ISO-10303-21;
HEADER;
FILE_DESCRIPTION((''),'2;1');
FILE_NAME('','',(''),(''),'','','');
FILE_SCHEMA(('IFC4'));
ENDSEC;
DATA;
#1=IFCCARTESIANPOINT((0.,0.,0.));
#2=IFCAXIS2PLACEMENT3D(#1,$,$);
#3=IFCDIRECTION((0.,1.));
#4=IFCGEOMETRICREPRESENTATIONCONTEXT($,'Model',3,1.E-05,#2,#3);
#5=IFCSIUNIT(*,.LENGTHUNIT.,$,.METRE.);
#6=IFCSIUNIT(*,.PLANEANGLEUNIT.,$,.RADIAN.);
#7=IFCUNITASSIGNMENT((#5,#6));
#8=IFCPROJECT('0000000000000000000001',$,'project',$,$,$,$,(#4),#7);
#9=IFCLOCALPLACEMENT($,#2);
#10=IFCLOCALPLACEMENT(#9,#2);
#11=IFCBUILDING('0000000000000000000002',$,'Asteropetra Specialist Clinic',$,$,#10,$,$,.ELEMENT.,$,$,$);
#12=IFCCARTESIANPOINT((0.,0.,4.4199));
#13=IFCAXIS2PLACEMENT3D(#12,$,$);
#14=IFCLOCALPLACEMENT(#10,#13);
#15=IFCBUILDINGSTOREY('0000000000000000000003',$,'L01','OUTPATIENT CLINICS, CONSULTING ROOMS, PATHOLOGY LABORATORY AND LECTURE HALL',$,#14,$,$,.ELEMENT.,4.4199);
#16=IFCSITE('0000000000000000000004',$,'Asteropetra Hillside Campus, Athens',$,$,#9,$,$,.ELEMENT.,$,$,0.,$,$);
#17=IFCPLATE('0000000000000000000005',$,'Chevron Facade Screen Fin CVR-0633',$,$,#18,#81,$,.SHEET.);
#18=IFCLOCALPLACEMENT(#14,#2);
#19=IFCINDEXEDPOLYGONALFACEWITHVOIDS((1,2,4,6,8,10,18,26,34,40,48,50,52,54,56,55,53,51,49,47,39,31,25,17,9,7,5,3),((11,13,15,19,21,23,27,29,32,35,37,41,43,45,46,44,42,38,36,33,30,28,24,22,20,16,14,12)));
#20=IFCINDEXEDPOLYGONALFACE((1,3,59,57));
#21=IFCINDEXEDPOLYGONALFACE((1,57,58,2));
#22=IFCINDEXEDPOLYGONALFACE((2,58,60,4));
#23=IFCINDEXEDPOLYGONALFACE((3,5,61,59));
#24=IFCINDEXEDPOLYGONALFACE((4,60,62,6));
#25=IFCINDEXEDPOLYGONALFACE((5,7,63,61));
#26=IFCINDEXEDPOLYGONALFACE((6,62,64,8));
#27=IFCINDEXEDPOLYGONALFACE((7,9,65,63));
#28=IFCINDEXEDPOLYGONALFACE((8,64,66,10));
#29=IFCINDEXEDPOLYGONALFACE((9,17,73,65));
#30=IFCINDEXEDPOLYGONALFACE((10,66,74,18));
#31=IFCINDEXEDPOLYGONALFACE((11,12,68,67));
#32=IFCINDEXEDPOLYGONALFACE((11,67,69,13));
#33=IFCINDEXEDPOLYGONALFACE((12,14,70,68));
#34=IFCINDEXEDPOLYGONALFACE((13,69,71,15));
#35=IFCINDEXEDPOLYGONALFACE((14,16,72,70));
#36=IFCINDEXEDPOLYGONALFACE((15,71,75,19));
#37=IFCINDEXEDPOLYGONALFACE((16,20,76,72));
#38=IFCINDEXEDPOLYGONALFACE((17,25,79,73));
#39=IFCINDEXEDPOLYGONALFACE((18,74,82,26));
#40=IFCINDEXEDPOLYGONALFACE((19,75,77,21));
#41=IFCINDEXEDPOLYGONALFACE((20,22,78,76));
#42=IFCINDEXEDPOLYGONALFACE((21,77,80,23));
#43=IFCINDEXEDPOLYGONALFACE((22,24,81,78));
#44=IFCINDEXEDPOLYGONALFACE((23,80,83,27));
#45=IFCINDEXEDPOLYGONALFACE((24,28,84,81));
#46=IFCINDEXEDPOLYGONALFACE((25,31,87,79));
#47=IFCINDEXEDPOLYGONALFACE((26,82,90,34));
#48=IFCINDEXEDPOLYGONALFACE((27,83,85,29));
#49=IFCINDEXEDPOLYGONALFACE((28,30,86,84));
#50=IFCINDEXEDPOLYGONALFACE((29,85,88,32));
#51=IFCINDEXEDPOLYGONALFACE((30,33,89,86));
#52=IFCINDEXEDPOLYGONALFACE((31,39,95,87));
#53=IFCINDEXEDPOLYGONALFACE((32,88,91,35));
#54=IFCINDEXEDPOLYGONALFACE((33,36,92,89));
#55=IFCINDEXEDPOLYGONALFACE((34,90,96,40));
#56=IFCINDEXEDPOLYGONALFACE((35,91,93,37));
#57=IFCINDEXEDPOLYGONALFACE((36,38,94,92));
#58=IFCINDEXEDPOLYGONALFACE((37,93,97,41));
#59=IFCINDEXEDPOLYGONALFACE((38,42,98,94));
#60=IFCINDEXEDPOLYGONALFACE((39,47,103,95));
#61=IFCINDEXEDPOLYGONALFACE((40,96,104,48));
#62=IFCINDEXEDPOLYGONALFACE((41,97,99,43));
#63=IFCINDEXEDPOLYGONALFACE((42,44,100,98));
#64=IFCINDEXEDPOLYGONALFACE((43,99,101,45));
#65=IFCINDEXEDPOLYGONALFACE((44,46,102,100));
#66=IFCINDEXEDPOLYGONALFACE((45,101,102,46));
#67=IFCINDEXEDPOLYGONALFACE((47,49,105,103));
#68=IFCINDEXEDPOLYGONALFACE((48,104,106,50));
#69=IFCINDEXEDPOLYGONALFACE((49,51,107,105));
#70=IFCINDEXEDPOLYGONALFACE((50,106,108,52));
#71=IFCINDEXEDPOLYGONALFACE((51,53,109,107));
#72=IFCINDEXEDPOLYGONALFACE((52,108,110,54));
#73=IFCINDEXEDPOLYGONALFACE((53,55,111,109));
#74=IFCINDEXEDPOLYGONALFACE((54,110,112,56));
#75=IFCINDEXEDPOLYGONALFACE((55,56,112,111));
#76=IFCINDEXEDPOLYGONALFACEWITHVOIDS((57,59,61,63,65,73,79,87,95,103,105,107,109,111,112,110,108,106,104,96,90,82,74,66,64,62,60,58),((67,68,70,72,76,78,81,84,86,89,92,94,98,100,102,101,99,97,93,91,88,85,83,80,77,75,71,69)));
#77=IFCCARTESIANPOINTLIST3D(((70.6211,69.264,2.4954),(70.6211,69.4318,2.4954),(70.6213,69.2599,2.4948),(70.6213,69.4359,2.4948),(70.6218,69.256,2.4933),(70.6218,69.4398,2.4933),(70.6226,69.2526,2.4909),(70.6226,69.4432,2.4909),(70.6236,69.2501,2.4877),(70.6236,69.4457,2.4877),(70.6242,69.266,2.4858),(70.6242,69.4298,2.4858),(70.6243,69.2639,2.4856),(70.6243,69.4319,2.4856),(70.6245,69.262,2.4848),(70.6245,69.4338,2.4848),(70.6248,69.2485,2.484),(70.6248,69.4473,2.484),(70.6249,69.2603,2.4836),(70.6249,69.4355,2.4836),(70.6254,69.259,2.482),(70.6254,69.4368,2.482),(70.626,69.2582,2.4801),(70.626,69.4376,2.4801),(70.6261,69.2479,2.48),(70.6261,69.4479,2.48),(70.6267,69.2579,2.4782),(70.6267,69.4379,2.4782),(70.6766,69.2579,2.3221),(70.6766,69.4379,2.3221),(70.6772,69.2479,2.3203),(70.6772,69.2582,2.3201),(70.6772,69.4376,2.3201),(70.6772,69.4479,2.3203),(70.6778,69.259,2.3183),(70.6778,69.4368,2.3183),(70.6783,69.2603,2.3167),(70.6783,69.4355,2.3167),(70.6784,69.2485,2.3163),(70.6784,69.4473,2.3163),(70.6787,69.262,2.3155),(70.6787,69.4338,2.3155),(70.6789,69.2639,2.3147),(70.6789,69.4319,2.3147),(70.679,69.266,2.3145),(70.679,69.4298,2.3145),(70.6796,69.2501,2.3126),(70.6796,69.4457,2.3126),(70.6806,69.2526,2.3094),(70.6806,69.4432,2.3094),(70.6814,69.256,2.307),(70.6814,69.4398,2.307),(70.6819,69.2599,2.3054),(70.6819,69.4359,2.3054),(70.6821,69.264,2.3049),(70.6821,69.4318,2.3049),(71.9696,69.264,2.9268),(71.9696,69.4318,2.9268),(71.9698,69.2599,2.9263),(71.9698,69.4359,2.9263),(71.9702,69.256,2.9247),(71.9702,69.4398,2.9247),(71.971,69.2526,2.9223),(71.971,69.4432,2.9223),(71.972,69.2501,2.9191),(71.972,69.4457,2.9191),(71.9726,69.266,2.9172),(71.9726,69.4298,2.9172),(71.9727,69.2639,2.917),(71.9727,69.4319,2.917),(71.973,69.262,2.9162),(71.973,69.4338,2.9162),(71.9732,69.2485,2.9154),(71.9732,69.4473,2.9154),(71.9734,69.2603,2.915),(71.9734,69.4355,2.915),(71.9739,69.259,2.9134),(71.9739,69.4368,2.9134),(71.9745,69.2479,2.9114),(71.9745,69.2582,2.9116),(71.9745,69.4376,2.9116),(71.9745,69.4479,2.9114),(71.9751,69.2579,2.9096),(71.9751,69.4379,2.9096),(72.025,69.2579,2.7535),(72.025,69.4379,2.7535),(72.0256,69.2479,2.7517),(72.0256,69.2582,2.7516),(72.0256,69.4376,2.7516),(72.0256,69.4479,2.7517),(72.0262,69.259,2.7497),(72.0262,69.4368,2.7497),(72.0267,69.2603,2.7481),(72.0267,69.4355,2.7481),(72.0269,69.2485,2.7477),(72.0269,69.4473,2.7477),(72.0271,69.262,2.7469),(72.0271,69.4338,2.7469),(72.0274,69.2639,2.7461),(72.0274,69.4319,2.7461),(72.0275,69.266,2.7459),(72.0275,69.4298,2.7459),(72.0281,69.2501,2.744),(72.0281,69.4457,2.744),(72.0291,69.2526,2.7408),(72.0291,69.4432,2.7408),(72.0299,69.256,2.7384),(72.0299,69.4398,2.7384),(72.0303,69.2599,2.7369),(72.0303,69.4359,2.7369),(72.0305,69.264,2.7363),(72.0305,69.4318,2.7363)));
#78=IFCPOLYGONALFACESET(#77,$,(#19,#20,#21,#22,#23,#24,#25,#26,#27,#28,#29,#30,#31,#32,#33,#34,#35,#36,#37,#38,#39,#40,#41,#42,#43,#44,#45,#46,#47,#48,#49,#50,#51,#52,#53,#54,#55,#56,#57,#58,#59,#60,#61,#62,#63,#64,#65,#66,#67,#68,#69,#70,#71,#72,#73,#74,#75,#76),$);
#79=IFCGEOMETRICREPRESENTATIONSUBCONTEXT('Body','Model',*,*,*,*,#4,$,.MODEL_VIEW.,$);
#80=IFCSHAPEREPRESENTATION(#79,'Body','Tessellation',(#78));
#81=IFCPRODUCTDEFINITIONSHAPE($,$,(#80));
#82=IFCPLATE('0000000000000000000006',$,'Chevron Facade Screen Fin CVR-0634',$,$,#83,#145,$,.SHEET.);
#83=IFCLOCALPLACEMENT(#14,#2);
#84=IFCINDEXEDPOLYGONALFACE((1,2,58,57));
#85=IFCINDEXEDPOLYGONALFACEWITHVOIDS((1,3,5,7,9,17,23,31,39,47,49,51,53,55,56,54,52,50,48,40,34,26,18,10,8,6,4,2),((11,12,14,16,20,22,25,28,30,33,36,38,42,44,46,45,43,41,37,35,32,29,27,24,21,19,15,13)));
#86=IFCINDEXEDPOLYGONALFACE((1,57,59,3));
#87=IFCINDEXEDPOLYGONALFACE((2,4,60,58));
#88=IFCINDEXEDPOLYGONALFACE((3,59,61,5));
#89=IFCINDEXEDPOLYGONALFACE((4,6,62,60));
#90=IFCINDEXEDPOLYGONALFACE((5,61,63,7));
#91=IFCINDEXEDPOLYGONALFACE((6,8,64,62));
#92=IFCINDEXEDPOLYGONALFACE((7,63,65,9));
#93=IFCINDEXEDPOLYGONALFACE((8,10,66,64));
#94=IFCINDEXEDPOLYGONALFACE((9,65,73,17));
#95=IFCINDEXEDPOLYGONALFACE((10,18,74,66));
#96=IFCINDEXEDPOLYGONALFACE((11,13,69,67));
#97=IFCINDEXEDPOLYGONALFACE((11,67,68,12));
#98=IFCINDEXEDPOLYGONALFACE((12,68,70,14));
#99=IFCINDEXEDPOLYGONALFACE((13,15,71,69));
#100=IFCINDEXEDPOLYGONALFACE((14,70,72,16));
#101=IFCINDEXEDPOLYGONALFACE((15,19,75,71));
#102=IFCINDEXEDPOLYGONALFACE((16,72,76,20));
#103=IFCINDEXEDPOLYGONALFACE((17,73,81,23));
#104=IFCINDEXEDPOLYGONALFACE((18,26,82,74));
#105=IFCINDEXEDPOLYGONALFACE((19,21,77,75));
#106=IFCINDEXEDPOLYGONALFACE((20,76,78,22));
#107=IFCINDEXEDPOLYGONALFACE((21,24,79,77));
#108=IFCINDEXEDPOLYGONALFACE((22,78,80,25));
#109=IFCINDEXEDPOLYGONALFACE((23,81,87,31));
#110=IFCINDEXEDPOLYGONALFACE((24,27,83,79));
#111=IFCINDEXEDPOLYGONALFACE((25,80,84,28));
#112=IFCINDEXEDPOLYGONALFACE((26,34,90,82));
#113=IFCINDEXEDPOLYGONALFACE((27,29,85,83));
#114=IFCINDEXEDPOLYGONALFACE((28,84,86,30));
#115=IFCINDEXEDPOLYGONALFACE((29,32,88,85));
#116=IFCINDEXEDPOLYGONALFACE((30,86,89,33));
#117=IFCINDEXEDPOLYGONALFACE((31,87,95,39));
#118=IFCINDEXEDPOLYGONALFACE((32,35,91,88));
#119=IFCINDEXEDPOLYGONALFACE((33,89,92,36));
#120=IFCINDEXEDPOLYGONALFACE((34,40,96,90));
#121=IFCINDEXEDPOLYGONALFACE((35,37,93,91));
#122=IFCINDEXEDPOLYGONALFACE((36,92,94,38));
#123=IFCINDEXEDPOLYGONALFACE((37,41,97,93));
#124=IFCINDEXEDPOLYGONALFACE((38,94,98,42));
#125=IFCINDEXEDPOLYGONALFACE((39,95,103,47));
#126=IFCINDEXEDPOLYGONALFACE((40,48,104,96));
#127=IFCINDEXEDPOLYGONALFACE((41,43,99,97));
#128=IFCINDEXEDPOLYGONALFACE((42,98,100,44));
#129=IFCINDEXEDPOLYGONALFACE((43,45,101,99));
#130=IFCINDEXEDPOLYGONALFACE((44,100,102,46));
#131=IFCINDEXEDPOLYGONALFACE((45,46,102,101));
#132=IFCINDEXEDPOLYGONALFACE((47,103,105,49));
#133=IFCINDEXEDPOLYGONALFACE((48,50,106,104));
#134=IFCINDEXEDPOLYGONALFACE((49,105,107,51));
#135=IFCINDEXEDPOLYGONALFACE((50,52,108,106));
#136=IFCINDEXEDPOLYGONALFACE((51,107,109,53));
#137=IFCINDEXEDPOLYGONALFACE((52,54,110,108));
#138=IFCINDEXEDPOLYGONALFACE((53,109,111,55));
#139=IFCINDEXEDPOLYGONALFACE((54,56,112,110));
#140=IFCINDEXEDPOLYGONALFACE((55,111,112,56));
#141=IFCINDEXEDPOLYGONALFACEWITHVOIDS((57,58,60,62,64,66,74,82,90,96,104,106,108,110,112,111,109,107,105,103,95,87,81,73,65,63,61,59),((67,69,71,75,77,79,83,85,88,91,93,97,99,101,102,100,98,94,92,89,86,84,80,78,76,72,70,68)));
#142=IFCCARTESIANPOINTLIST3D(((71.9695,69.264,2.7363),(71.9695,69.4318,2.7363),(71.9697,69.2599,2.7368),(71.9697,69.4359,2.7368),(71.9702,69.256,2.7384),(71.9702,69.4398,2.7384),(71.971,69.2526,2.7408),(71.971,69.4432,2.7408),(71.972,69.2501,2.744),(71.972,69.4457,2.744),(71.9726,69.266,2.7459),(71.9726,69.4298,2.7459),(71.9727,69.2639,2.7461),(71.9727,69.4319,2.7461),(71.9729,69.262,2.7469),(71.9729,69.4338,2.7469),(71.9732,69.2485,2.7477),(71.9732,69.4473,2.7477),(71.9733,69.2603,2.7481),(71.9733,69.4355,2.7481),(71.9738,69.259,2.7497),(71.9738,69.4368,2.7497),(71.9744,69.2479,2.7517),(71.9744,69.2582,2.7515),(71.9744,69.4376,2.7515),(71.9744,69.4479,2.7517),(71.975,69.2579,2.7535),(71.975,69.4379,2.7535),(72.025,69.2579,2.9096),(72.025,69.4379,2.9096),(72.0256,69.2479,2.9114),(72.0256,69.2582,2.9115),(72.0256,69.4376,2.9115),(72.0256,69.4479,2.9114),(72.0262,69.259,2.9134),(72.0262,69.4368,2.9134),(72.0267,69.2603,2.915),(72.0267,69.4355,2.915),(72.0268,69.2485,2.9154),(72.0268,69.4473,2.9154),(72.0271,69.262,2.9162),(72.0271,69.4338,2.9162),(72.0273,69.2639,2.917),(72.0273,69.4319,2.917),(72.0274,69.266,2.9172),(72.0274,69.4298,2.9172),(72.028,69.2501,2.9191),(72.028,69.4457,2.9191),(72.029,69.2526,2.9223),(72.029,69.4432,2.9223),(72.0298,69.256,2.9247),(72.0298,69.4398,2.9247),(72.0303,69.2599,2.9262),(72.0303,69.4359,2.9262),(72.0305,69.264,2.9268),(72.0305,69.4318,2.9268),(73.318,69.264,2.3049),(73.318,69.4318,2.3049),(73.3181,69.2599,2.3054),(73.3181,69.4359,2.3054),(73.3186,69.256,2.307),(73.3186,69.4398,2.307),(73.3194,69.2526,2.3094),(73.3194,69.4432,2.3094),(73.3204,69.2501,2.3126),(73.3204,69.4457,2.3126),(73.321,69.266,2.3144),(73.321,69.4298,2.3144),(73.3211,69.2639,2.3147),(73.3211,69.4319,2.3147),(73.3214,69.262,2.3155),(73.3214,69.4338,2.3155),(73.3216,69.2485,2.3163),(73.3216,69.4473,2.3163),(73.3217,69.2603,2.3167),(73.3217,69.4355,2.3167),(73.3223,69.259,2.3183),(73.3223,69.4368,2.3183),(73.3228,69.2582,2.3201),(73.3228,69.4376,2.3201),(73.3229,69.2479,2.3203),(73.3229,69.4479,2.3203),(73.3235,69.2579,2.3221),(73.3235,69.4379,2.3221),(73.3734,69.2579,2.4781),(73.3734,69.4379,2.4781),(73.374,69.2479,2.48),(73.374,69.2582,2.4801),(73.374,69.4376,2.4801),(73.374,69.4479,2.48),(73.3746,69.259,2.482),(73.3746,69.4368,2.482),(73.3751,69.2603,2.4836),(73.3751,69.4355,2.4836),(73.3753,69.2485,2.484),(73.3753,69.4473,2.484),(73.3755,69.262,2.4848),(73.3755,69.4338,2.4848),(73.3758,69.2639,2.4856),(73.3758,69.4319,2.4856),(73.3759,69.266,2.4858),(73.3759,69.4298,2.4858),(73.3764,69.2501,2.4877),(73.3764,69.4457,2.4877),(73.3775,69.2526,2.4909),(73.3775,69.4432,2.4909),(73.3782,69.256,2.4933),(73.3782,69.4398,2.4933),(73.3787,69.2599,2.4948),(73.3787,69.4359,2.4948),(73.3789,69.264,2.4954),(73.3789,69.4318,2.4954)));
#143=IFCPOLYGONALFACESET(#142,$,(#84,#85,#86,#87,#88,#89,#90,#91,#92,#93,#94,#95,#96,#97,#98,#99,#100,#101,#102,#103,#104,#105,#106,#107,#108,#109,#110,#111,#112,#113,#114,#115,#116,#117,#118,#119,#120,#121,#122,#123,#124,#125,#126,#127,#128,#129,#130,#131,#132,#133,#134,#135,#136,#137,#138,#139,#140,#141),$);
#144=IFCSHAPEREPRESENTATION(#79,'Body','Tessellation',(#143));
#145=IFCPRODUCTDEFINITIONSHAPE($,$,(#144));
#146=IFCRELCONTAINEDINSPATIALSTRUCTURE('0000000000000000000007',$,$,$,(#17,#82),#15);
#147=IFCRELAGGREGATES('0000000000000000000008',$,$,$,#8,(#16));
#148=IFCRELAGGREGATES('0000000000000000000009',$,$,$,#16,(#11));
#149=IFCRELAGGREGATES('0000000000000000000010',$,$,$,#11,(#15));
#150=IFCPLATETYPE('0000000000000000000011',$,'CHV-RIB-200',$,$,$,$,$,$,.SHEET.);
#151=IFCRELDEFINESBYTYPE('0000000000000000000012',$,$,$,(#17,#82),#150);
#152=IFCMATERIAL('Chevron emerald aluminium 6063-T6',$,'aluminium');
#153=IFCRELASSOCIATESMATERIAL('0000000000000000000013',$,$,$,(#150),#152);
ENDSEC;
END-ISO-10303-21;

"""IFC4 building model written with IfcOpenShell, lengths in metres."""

from ifc_helpers import new_model, si_unit, direction, frame, origin, origin_2d, place, context, subcontext, project, spatial, hollow_rectangle, extrude, material, material_profile, profile_set, type_object, element, save


model = new_model("IFC4")

# Units and contexts
model_context = context("Model", 3, precision=1e-05, world=origin(), true_north=direction((0.0, 1.0)))
body_context = subcontext(model_context, "Body", "Model", "MODEL_VIEW")
ifc_project = project(units=[si_unit("LENGTHUNIT", "METRE"), si_unit("PLANEANGLEUNIT", "RADIAN")], contexts=[model_context])

# Site, building, storey
site_placement = place(None, origin())
site = spatial("IfcSite", under=ifc_project, at=site_placement, Name="Asteropetra Hillside Campus, Athens", CompositionType="ELEMENT", RefElevation=0.0)
building_placement = place(site_placement, origin())
building = spatial("IfcBuilding", under=site, at=building_placement, Name="Asteropetra Specialist Clinic", CompositionType="ELEMENT")
storey_placement = place(building_placement, frame((0.0, 0.0, 4.4199)))
storey = spatial("IfcBuildingStorey", under=building, at=storey_placement, Name="L01", Description="OUTPATIENT CLINICS, CONSULTING ROOMS, PATHOLOGY LABORATORY AND LECTURE HALL", CompositionType="ELEMENT", Elevation=4.4199)

# Plates
ifc_material_1 = material(Name="Chevron emerald aluminium 6063-T6", Category="aluminium")
ifc_material_profile_1 = material_profile(ifc_material_1, hollow_rectangle(XDim=0.2, YDim=0.2, WallThickness=0.01, InnerFilletRadius=0.0081, OuterFilletRadius=0.0161, at=origin_2d()), Name="SHS 200x200x10.0")
ifc_profile_set_1 = profile_set([ifc_material_profile_1], Name="Chevron emerald aluminium 6063-T6")
plate_type_1 = type_object("IfcPlateType", Name="CHV-RIB-200", PredefinedType="SHEET", material=ifc_profile_set_1)
for number, where, z_axis, x_axis, name in (
    (1, (70.6516, 69.3479, 2.4001), (0.952442, 0.0, 0.304719), (0.0, 1.0, 0.0), "Chevron Facade Screen Fin CVR-0633"),
    (2, (72.0, 69.3479, 2.8315), (0.952442, 0.0, -0.304719), (0.0, 1.0, 0.0), "Chevron Facade Screen Fin CVR-0634"),
):
    element("IfcPlate", number, at=place(storey_placement, frame(where, z_axis=z_axis, x_axis=x_axis)), inside=storey, type_object=plate_type_1, Name=name, PredefinedType="SHEET", context=body_context, shape_type="SweptSolid", body=[
        extrude(hollow_rectangle(XDim=0.2, YDim=0.2, WallThickness=0.01, InnerFilletRadius=0.0081, OuterFilletRadius=0.0161, at=origin_2d()), origin(), (0.0, 0.0, 1.0), 1.4158),
    ])

save(model, "model.ifc")
